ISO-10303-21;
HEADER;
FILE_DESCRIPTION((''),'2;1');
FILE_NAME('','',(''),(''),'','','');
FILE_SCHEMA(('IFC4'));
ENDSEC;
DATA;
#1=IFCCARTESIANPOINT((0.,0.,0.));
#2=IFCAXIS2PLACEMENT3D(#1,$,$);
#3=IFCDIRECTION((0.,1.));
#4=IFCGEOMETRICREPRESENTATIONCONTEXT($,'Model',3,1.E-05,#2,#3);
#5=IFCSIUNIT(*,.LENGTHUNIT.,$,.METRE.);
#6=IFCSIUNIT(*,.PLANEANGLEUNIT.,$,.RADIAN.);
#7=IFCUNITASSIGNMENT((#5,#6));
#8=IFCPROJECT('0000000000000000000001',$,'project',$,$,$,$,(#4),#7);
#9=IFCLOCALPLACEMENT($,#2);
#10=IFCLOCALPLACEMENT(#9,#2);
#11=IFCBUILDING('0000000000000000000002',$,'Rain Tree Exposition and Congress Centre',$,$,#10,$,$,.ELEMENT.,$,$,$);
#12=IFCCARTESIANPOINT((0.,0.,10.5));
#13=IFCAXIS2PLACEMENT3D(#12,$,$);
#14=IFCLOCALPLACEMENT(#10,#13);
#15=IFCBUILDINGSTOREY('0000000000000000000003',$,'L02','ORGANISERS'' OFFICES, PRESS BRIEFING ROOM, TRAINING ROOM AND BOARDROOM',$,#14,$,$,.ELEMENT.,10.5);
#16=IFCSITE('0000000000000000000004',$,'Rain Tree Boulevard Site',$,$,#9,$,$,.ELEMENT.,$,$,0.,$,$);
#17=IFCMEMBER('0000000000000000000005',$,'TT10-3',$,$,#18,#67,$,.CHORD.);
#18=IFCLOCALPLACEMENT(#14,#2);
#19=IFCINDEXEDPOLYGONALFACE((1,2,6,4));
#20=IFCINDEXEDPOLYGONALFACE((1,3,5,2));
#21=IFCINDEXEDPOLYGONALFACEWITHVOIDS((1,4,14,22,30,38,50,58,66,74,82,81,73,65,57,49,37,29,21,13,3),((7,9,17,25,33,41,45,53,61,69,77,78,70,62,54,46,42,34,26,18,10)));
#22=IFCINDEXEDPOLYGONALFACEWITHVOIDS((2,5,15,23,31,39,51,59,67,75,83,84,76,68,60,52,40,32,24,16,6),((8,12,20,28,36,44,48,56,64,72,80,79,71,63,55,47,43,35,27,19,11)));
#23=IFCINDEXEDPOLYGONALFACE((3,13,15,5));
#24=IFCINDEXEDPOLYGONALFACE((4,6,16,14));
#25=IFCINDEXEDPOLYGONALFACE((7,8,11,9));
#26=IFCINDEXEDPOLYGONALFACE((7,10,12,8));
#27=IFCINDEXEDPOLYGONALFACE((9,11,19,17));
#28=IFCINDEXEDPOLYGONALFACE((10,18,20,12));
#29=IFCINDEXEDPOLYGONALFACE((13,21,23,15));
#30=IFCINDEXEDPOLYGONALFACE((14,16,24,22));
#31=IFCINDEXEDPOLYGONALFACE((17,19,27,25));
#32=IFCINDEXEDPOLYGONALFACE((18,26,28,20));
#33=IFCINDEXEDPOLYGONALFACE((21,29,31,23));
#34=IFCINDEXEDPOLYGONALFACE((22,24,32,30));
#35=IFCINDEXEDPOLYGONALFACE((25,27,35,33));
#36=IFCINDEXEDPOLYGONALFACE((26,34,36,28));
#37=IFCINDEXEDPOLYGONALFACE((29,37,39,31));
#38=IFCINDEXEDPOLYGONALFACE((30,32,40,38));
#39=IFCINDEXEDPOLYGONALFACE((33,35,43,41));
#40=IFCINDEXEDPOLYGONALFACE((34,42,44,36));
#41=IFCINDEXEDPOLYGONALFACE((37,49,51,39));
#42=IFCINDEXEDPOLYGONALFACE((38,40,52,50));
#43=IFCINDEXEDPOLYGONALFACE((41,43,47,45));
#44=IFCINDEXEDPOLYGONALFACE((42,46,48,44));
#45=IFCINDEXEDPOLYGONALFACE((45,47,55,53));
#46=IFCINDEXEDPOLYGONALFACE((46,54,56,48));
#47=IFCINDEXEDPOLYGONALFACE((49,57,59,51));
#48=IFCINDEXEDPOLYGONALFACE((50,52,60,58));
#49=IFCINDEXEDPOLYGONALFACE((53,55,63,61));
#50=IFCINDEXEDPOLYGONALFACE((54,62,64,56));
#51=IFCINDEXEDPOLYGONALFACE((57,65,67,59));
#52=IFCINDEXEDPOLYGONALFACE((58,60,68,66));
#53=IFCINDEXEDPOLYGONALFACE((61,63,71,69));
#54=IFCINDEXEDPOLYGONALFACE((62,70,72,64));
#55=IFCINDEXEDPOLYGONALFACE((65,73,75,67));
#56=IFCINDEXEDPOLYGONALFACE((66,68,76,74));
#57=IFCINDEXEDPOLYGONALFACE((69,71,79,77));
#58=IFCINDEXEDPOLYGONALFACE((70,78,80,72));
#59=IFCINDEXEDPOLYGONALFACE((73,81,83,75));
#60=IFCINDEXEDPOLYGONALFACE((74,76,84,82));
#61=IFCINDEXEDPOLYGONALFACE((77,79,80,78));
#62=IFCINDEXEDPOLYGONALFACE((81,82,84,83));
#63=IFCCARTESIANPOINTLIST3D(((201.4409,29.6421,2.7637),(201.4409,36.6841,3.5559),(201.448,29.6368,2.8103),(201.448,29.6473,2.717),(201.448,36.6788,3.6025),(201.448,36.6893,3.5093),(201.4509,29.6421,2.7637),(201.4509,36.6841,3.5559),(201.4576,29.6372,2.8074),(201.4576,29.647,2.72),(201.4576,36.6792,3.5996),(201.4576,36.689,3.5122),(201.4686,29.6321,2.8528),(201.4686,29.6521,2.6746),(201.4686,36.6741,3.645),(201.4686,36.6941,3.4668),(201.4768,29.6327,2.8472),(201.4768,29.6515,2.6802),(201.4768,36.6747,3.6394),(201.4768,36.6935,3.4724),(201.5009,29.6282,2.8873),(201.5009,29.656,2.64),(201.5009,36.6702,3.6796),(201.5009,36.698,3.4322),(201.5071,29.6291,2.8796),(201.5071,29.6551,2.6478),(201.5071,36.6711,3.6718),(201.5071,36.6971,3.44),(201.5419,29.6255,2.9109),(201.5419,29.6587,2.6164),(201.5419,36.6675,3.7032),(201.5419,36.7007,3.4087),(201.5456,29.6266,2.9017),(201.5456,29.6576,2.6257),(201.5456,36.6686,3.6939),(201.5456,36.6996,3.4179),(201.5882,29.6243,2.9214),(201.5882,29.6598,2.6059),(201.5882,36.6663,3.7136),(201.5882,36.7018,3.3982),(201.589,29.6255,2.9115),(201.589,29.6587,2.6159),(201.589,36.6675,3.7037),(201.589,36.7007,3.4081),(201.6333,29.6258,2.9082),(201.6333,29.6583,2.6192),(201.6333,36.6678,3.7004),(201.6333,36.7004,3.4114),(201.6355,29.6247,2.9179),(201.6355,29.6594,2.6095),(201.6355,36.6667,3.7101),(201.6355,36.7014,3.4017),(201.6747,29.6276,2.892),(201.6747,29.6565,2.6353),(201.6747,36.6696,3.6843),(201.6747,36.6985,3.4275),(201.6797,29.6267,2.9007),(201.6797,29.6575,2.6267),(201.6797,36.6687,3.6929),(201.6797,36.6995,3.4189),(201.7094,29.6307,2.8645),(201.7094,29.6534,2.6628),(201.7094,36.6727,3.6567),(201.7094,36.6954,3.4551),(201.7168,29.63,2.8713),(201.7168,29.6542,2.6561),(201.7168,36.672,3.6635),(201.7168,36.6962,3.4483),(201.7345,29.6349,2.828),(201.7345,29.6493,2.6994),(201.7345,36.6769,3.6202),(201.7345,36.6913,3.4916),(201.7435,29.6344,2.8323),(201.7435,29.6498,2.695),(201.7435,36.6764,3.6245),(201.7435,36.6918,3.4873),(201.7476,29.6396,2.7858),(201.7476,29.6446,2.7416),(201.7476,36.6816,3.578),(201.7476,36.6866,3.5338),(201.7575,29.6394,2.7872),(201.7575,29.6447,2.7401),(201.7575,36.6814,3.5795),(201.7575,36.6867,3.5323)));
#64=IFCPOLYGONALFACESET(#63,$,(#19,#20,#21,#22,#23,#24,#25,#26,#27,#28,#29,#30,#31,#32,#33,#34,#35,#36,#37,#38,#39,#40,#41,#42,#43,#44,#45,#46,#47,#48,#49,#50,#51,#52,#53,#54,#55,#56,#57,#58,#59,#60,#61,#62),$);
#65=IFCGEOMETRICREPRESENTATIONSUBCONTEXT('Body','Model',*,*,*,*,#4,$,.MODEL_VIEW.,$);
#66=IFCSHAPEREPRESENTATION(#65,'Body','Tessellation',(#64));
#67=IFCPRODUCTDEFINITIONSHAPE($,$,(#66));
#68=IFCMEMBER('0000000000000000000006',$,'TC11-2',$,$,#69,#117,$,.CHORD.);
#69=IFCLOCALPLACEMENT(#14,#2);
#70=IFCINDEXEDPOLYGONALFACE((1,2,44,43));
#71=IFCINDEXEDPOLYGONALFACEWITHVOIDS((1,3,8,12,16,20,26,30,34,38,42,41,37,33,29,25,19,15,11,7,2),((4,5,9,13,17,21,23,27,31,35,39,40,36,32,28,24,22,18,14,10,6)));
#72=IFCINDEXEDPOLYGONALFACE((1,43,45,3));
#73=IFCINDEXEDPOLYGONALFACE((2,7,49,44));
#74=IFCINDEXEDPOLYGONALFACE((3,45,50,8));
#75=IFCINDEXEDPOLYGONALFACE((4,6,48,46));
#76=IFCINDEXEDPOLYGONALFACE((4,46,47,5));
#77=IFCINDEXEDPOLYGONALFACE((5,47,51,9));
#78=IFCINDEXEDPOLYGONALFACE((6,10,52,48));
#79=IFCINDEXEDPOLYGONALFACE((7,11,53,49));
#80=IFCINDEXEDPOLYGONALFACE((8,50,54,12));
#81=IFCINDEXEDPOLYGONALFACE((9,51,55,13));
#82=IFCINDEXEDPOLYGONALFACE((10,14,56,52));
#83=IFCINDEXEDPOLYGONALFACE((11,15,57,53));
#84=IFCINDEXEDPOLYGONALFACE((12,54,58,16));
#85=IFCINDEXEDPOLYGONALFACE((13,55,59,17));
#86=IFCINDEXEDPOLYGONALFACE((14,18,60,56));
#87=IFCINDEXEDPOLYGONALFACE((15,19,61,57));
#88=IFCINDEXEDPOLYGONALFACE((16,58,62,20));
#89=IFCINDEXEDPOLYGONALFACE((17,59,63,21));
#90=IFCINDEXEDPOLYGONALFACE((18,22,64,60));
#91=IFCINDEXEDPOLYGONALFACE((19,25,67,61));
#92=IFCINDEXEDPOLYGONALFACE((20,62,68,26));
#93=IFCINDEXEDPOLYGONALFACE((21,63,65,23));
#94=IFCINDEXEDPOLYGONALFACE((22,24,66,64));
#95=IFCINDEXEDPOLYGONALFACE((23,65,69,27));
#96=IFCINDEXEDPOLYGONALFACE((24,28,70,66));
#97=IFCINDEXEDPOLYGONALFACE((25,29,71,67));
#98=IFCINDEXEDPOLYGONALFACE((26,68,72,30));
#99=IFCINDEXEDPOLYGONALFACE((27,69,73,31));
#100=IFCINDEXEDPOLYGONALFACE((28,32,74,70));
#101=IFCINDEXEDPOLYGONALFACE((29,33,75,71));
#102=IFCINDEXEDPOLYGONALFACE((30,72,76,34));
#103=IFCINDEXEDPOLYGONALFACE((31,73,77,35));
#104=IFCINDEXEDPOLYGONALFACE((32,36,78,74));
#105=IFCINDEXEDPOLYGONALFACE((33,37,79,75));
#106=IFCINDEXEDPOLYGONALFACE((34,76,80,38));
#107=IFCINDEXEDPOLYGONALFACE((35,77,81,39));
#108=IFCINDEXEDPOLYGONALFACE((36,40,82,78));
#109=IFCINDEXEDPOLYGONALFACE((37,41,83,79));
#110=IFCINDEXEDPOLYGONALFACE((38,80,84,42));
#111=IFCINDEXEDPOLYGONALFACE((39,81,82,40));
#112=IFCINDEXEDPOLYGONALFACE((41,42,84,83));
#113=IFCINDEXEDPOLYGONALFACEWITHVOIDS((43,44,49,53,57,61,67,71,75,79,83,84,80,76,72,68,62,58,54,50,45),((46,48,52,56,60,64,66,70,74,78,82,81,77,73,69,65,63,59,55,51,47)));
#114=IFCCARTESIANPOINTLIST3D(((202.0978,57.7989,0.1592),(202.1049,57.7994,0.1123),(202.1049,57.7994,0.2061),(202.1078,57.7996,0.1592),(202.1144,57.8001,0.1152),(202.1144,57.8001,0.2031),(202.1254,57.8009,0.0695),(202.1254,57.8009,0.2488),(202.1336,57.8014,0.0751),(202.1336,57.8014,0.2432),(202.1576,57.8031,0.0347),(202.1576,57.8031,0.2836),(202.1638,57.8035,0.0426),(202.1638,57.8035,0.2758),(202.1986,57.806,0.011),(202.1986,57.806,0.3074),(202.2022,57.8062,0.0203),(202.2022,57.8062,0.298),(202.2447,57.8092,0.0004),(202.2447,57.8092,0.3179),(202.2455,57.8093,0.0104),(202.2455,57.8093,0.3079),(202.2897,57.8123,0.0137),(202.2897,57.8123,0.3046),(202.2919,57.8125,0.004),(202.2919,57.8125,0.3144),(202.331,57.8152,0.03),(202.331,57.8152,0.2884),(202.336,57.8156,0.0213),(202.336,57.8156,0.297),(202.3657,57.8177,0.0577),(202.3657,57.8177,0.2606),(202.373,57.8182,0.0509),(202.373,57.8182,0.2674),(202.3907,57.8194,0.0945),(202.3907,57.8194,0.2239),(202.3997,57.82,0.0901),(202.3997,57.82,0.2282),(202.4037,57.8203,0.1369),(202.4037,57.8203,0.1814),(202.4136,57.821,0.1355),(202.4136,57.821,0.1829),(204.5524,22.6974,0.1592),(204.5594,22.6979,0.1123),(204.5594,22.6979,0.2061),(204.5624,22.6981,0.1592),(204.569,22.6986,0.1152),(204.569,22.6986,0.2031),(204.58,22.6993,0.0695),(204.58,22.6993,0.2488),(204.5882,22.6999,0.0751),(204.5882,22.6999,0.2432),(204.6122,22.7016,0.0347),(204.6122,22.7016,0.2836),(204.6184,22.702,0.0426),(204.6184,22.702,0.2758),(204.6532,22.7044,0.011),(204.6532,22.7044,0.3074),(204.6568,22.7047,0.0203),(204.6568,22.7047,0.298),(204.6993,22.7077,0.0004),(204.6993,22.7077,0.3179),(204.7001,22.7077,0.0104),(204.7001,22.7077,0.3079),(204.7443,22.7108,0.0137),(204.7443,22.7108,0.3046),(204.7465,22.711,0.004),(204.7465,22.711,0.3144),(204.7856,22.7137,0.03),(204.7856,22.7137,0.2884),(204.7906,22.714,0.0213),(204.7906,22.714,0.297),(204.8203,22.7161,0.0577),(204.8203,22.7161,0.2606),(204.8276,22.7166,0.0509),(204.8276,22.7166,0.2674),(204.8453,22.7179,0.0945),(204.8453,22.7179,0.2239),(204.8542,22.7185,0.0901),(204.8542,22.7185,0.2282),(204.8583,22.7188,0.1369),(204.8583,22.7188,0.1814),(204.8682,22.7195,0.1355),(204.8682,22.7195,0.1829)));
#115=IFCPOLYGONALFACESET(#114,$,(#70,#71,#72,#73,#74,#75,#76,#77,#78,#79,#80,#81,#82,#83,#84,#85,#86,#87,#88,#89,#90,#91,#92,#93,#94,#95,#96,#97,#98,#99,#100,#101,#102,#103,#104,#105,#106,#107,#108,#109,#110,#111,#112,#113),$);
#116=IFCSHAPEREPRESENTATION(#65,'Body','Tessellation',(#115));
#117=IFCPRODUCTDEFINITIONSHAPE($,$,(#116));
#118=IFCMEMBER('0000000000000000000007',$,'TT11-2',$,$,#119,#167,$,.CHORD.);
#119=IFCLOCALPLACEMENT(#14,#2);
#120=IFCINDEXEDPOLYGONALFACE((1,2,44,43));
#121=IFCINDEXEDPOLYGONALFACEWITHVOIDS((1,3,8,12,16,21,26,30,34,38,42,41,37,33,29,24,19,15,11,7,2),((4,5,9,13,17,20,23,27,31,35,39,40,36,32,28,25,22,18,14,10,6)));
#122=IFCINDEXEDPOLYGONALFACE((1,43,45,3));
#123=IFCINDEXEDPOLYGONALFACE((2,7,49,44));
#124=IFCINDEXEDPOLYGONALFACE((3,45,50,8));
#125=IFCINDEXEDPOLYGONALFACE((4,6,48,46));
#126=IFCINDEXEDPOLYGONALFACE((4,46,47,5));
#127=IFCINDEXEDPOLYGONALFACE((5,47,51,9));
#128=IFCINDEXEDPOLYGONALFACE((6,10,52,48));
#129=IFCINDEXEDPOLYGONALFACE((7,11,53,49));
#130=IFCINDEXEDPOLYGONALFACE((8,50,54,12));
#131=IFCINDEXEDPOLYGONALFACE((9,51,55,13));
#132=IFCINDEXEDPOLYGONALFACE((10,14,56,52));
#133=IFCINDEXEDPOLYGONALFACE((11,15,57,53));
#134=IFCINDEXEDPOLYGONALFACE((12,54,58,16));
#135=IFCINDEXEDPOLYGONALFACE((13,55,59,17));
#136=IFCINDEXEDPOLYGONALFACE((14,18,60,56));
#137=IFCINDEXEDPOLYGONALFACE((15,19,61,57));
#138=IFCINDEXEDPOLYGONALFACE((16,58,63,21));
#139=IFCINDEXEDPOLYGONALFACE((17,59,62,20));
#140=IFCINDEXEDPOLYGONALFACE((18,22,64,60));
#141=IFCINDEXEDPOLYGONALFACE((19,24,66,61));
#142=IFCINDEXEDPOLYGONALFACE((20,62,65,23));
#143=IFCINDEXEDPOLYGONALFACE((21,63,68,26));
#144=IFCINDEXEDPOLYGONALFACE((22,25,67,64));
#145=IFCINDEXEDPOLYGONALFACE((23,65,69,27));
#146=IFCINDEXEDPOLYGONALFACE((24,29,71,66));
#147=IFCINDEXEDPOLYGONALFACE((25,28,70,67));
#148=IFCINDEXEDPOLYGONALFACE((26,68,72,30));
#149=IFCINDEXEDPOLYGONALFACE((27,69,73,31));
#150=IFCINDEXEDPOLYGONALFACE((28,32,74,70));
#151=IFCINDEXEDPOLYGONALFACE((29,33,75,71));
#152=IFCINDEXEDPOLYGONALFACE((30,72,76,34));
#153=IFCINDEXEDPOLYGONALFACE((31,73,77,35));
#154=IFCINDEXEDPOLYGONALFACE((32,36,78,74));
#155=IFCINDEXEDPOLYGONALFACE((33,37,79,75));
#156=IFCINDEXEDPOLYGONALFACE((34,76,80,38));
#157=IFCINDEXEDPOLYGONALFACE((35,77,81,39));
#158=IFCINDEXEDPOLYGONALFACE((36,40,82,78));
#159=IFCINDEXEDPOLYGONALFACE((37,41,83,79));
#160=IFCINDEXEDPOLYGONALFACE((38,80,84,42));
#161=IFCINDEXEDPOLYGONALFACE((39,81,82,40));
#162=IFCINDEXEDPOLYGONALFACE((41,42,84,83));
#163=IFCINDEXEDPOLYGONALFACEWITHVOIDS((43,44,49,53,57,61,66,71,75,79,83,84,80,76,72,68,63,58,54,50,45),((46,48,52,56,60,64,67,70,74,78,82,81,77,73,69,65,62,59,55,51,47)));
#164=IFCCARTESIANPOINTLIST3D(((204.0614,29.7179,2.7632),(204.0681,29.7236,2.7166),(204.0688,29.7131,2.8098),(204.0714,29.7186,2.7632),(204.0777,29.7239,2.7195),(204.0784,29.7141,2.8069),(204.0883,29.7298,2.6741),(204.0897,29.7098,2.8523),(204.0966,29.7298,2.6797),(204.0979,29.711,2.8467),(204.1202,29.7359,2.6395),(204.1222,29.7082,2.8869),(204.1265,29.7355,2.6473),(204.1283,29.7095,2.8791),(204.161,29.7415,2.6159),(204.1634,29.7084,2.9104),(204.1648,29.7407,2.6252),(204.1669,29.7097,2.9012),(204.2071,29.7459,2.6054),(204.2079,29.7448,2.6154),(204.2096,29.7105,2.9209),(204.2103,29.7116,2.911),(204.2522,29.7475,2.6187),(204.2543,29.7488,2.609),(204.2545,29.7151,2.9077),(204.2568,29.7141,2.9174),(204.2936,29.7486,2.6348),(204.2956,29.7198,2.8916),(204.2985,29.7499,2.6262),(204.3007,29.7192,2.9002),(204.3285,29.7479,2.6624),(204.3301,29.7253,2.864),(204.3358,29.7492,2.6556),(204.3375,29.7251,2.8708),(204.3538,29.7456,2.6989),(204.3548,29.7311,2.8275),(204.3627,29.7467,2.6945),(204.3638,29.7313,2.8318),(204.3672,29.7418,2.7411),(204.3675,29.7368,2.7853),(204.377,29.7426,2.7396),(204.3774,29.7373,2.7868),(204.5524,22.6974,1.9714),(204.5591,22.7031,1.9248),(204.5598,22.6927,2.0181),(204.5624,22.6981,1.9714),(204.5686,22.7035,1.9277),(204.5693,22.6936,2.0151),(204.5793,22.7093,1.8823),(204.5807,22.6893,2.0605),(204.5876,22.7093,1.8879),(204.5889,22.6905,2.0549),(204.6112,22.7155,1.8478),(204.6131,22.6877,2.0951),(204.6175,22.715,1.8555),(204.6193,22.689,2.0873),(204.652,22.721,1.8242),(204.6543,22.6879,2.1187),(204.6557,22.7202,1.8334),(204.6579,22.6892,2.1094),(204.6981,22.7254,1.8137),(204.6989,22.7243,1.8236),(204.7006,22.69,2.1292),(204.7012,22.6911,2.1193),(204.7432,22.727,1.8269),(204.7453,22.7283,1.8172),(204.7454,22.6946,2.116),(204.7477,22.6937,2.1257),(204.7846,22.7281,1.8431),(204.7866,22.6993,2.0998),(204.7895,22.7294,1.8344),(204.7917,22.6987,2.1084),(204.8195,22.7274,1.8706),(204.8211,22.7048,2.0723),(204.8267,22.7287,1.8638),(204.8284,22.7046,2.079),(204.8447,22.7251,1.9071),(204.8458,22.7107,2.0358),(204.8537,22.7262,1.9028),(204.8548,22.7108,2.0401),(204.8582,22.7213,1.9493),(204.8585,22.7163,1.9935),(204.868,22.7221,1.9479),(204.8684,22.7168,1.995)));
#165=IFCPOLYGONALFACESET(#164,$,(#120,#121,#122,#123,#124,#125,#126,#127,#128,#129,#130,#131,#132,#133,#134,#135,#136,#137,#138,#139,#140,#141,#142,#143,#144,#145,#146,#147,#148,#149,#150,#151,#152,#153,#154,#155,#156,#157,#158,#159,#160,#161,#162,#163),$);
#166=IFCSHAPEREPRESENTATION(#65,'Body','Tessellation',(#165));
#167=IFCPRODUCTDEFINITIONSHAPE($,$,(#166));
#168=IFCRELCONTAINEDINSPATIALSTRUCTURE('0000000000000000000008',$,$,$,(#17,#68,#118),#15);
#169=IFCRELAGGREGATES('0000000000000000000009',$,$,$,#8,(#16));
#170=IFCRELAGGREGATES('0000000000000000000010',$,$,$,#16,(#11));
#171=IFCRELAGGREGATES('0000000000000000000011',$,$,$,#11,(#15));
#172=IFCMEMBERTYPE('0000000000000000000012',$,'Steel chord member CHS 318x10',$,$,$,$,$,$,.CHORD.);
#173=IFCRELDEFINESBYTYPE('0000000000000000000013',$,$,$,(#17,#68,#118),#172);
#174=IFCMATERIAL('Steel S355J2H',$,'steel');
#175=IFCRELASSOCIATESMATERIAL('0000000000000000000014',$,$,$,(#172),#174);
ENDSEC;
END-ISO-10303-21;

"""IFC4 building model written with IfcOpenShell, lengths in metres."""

from ifc_helpers import new_model, si_unit, direction, frame, origin, origin_2d, place, context, subcontext, project, spatial, hollow_circle, extrude, material, material_profile, profile_set, type_object, element, save


model = new_model("IFC4")

# Units and contexts
model_context = context("Model", 3, precision=1e-05, world=origin(), true_north=direction((0.0, 1.0)))
body_context = subcontext(model_context, "Body", "Model", "MODEL_VIEW")
ifc_project = project(units=[si_unit("LENGTHUNIT", "METRE"), si_unit("PLANEANGLEUNIT", "RADIAN")], contexts=[model_context])

# Site, building, storey
site_placement = place(None, origin())
site = spatial("IfcSite", under=ifc_project, at=site_placement, Name="Rain Tree Boulevard Site", CompositionType="ELEMENT", RefElevation=0.0)
building_placement = place(site_placement, origin())
building = spatial("IfcBuilding", under=site, at=building_placement, Name="Rain Tree Exposition and Congress Centre", CompositionType="ELEMENT")
storey_placement = place(building_placement, frame((0.0, 0.0, 10.5)))
storey = spatial("IfcBuildingStorey", under=building, at=storey_placement, Name="L02", Description="ORGANISERS' OFFICES, PRESS BRIEFING ROOM, TRAINING ROOM AND BOARDROOM", CompositionType="ELEMENT", Elevation=10.5)

# Members
ifc_material_1 = material(Name="Steel S355J2H", Category="steel")
ifc_material_profile_1 = material_profile(ifc_material_1, hollow_circle(Radius=0.1592, WallThickness=0.01, at=origin_2d()), Name="CHS 318x10")
ifc_profile_set_1 = profile_set([ifc_material_profile_1], Name="Steel S355J2H")
member_type_1 = type_object("IfcMemberType", Name="Steel chord member CHS 318x10", PredefinedType="CHORD", material=ifc_profile_set_1)
member_1_placement = place(storey_placement, frame((201.6001, 29.6421, 2.7637), z_axis=(0.0, 0.993731, 0.111796), x_axis=(-1.0, 0.0, 0.0)))
element("IfcMember", 1, at=member_1_placement, inside=storey, type_object=member_type_1, Name="TT10-3", PredefinedType="CHORD", context=body_context, shape_type="SweptSolid", body=[
    extrude(hollow_circle(Radius=0.1592, WallThickness=0.01, at=origin_2d()), origin(), (0.0, 0.0, 1.0), 7.0864),
])
member_2_placement = place(storey_placement, frame((204.7112, 22.7085, 0.1592), z_axis=(-0.069758, 0.997564, 0.0), x_axis=(-0.997564, -0.069758, 0.0)))
element("IfcMember", 2, at=member_2_placement, inside=storey, type_object=member_type_1, Name="TC11-2", PredefinedType="CHORD", context=body_context, shape_type="SweptSolid", body=[
    extrude(hollow_circle(Radius=0.1592, WallThickness=0.01, at=origin_2d()), origin(), (0.0, 0.0, 1.0), 35.1873),
])
member_3_placement = place(storey_placement, frame((204.7112, 22.7085, 1.9714), z_axis=(-0.069326, 0.99131, 0.111796), x_axis=(-0.997564, -0.069763, 0.0)))
element("IfcMember", 3, at=member_3_placement, inside=storey, type_object=member_type_1, Name="TT11-2", PredefinedType="CHORD", context=body_context, shape_type="SweptSolid", body=[
    extrude(hollow_circle(Radius=0.1592, WallThickness=0.01, at=origin_2d()), origin(), (0.0, 0.0, 1.0), 7.082),
])

save(model, "model.ifc")
